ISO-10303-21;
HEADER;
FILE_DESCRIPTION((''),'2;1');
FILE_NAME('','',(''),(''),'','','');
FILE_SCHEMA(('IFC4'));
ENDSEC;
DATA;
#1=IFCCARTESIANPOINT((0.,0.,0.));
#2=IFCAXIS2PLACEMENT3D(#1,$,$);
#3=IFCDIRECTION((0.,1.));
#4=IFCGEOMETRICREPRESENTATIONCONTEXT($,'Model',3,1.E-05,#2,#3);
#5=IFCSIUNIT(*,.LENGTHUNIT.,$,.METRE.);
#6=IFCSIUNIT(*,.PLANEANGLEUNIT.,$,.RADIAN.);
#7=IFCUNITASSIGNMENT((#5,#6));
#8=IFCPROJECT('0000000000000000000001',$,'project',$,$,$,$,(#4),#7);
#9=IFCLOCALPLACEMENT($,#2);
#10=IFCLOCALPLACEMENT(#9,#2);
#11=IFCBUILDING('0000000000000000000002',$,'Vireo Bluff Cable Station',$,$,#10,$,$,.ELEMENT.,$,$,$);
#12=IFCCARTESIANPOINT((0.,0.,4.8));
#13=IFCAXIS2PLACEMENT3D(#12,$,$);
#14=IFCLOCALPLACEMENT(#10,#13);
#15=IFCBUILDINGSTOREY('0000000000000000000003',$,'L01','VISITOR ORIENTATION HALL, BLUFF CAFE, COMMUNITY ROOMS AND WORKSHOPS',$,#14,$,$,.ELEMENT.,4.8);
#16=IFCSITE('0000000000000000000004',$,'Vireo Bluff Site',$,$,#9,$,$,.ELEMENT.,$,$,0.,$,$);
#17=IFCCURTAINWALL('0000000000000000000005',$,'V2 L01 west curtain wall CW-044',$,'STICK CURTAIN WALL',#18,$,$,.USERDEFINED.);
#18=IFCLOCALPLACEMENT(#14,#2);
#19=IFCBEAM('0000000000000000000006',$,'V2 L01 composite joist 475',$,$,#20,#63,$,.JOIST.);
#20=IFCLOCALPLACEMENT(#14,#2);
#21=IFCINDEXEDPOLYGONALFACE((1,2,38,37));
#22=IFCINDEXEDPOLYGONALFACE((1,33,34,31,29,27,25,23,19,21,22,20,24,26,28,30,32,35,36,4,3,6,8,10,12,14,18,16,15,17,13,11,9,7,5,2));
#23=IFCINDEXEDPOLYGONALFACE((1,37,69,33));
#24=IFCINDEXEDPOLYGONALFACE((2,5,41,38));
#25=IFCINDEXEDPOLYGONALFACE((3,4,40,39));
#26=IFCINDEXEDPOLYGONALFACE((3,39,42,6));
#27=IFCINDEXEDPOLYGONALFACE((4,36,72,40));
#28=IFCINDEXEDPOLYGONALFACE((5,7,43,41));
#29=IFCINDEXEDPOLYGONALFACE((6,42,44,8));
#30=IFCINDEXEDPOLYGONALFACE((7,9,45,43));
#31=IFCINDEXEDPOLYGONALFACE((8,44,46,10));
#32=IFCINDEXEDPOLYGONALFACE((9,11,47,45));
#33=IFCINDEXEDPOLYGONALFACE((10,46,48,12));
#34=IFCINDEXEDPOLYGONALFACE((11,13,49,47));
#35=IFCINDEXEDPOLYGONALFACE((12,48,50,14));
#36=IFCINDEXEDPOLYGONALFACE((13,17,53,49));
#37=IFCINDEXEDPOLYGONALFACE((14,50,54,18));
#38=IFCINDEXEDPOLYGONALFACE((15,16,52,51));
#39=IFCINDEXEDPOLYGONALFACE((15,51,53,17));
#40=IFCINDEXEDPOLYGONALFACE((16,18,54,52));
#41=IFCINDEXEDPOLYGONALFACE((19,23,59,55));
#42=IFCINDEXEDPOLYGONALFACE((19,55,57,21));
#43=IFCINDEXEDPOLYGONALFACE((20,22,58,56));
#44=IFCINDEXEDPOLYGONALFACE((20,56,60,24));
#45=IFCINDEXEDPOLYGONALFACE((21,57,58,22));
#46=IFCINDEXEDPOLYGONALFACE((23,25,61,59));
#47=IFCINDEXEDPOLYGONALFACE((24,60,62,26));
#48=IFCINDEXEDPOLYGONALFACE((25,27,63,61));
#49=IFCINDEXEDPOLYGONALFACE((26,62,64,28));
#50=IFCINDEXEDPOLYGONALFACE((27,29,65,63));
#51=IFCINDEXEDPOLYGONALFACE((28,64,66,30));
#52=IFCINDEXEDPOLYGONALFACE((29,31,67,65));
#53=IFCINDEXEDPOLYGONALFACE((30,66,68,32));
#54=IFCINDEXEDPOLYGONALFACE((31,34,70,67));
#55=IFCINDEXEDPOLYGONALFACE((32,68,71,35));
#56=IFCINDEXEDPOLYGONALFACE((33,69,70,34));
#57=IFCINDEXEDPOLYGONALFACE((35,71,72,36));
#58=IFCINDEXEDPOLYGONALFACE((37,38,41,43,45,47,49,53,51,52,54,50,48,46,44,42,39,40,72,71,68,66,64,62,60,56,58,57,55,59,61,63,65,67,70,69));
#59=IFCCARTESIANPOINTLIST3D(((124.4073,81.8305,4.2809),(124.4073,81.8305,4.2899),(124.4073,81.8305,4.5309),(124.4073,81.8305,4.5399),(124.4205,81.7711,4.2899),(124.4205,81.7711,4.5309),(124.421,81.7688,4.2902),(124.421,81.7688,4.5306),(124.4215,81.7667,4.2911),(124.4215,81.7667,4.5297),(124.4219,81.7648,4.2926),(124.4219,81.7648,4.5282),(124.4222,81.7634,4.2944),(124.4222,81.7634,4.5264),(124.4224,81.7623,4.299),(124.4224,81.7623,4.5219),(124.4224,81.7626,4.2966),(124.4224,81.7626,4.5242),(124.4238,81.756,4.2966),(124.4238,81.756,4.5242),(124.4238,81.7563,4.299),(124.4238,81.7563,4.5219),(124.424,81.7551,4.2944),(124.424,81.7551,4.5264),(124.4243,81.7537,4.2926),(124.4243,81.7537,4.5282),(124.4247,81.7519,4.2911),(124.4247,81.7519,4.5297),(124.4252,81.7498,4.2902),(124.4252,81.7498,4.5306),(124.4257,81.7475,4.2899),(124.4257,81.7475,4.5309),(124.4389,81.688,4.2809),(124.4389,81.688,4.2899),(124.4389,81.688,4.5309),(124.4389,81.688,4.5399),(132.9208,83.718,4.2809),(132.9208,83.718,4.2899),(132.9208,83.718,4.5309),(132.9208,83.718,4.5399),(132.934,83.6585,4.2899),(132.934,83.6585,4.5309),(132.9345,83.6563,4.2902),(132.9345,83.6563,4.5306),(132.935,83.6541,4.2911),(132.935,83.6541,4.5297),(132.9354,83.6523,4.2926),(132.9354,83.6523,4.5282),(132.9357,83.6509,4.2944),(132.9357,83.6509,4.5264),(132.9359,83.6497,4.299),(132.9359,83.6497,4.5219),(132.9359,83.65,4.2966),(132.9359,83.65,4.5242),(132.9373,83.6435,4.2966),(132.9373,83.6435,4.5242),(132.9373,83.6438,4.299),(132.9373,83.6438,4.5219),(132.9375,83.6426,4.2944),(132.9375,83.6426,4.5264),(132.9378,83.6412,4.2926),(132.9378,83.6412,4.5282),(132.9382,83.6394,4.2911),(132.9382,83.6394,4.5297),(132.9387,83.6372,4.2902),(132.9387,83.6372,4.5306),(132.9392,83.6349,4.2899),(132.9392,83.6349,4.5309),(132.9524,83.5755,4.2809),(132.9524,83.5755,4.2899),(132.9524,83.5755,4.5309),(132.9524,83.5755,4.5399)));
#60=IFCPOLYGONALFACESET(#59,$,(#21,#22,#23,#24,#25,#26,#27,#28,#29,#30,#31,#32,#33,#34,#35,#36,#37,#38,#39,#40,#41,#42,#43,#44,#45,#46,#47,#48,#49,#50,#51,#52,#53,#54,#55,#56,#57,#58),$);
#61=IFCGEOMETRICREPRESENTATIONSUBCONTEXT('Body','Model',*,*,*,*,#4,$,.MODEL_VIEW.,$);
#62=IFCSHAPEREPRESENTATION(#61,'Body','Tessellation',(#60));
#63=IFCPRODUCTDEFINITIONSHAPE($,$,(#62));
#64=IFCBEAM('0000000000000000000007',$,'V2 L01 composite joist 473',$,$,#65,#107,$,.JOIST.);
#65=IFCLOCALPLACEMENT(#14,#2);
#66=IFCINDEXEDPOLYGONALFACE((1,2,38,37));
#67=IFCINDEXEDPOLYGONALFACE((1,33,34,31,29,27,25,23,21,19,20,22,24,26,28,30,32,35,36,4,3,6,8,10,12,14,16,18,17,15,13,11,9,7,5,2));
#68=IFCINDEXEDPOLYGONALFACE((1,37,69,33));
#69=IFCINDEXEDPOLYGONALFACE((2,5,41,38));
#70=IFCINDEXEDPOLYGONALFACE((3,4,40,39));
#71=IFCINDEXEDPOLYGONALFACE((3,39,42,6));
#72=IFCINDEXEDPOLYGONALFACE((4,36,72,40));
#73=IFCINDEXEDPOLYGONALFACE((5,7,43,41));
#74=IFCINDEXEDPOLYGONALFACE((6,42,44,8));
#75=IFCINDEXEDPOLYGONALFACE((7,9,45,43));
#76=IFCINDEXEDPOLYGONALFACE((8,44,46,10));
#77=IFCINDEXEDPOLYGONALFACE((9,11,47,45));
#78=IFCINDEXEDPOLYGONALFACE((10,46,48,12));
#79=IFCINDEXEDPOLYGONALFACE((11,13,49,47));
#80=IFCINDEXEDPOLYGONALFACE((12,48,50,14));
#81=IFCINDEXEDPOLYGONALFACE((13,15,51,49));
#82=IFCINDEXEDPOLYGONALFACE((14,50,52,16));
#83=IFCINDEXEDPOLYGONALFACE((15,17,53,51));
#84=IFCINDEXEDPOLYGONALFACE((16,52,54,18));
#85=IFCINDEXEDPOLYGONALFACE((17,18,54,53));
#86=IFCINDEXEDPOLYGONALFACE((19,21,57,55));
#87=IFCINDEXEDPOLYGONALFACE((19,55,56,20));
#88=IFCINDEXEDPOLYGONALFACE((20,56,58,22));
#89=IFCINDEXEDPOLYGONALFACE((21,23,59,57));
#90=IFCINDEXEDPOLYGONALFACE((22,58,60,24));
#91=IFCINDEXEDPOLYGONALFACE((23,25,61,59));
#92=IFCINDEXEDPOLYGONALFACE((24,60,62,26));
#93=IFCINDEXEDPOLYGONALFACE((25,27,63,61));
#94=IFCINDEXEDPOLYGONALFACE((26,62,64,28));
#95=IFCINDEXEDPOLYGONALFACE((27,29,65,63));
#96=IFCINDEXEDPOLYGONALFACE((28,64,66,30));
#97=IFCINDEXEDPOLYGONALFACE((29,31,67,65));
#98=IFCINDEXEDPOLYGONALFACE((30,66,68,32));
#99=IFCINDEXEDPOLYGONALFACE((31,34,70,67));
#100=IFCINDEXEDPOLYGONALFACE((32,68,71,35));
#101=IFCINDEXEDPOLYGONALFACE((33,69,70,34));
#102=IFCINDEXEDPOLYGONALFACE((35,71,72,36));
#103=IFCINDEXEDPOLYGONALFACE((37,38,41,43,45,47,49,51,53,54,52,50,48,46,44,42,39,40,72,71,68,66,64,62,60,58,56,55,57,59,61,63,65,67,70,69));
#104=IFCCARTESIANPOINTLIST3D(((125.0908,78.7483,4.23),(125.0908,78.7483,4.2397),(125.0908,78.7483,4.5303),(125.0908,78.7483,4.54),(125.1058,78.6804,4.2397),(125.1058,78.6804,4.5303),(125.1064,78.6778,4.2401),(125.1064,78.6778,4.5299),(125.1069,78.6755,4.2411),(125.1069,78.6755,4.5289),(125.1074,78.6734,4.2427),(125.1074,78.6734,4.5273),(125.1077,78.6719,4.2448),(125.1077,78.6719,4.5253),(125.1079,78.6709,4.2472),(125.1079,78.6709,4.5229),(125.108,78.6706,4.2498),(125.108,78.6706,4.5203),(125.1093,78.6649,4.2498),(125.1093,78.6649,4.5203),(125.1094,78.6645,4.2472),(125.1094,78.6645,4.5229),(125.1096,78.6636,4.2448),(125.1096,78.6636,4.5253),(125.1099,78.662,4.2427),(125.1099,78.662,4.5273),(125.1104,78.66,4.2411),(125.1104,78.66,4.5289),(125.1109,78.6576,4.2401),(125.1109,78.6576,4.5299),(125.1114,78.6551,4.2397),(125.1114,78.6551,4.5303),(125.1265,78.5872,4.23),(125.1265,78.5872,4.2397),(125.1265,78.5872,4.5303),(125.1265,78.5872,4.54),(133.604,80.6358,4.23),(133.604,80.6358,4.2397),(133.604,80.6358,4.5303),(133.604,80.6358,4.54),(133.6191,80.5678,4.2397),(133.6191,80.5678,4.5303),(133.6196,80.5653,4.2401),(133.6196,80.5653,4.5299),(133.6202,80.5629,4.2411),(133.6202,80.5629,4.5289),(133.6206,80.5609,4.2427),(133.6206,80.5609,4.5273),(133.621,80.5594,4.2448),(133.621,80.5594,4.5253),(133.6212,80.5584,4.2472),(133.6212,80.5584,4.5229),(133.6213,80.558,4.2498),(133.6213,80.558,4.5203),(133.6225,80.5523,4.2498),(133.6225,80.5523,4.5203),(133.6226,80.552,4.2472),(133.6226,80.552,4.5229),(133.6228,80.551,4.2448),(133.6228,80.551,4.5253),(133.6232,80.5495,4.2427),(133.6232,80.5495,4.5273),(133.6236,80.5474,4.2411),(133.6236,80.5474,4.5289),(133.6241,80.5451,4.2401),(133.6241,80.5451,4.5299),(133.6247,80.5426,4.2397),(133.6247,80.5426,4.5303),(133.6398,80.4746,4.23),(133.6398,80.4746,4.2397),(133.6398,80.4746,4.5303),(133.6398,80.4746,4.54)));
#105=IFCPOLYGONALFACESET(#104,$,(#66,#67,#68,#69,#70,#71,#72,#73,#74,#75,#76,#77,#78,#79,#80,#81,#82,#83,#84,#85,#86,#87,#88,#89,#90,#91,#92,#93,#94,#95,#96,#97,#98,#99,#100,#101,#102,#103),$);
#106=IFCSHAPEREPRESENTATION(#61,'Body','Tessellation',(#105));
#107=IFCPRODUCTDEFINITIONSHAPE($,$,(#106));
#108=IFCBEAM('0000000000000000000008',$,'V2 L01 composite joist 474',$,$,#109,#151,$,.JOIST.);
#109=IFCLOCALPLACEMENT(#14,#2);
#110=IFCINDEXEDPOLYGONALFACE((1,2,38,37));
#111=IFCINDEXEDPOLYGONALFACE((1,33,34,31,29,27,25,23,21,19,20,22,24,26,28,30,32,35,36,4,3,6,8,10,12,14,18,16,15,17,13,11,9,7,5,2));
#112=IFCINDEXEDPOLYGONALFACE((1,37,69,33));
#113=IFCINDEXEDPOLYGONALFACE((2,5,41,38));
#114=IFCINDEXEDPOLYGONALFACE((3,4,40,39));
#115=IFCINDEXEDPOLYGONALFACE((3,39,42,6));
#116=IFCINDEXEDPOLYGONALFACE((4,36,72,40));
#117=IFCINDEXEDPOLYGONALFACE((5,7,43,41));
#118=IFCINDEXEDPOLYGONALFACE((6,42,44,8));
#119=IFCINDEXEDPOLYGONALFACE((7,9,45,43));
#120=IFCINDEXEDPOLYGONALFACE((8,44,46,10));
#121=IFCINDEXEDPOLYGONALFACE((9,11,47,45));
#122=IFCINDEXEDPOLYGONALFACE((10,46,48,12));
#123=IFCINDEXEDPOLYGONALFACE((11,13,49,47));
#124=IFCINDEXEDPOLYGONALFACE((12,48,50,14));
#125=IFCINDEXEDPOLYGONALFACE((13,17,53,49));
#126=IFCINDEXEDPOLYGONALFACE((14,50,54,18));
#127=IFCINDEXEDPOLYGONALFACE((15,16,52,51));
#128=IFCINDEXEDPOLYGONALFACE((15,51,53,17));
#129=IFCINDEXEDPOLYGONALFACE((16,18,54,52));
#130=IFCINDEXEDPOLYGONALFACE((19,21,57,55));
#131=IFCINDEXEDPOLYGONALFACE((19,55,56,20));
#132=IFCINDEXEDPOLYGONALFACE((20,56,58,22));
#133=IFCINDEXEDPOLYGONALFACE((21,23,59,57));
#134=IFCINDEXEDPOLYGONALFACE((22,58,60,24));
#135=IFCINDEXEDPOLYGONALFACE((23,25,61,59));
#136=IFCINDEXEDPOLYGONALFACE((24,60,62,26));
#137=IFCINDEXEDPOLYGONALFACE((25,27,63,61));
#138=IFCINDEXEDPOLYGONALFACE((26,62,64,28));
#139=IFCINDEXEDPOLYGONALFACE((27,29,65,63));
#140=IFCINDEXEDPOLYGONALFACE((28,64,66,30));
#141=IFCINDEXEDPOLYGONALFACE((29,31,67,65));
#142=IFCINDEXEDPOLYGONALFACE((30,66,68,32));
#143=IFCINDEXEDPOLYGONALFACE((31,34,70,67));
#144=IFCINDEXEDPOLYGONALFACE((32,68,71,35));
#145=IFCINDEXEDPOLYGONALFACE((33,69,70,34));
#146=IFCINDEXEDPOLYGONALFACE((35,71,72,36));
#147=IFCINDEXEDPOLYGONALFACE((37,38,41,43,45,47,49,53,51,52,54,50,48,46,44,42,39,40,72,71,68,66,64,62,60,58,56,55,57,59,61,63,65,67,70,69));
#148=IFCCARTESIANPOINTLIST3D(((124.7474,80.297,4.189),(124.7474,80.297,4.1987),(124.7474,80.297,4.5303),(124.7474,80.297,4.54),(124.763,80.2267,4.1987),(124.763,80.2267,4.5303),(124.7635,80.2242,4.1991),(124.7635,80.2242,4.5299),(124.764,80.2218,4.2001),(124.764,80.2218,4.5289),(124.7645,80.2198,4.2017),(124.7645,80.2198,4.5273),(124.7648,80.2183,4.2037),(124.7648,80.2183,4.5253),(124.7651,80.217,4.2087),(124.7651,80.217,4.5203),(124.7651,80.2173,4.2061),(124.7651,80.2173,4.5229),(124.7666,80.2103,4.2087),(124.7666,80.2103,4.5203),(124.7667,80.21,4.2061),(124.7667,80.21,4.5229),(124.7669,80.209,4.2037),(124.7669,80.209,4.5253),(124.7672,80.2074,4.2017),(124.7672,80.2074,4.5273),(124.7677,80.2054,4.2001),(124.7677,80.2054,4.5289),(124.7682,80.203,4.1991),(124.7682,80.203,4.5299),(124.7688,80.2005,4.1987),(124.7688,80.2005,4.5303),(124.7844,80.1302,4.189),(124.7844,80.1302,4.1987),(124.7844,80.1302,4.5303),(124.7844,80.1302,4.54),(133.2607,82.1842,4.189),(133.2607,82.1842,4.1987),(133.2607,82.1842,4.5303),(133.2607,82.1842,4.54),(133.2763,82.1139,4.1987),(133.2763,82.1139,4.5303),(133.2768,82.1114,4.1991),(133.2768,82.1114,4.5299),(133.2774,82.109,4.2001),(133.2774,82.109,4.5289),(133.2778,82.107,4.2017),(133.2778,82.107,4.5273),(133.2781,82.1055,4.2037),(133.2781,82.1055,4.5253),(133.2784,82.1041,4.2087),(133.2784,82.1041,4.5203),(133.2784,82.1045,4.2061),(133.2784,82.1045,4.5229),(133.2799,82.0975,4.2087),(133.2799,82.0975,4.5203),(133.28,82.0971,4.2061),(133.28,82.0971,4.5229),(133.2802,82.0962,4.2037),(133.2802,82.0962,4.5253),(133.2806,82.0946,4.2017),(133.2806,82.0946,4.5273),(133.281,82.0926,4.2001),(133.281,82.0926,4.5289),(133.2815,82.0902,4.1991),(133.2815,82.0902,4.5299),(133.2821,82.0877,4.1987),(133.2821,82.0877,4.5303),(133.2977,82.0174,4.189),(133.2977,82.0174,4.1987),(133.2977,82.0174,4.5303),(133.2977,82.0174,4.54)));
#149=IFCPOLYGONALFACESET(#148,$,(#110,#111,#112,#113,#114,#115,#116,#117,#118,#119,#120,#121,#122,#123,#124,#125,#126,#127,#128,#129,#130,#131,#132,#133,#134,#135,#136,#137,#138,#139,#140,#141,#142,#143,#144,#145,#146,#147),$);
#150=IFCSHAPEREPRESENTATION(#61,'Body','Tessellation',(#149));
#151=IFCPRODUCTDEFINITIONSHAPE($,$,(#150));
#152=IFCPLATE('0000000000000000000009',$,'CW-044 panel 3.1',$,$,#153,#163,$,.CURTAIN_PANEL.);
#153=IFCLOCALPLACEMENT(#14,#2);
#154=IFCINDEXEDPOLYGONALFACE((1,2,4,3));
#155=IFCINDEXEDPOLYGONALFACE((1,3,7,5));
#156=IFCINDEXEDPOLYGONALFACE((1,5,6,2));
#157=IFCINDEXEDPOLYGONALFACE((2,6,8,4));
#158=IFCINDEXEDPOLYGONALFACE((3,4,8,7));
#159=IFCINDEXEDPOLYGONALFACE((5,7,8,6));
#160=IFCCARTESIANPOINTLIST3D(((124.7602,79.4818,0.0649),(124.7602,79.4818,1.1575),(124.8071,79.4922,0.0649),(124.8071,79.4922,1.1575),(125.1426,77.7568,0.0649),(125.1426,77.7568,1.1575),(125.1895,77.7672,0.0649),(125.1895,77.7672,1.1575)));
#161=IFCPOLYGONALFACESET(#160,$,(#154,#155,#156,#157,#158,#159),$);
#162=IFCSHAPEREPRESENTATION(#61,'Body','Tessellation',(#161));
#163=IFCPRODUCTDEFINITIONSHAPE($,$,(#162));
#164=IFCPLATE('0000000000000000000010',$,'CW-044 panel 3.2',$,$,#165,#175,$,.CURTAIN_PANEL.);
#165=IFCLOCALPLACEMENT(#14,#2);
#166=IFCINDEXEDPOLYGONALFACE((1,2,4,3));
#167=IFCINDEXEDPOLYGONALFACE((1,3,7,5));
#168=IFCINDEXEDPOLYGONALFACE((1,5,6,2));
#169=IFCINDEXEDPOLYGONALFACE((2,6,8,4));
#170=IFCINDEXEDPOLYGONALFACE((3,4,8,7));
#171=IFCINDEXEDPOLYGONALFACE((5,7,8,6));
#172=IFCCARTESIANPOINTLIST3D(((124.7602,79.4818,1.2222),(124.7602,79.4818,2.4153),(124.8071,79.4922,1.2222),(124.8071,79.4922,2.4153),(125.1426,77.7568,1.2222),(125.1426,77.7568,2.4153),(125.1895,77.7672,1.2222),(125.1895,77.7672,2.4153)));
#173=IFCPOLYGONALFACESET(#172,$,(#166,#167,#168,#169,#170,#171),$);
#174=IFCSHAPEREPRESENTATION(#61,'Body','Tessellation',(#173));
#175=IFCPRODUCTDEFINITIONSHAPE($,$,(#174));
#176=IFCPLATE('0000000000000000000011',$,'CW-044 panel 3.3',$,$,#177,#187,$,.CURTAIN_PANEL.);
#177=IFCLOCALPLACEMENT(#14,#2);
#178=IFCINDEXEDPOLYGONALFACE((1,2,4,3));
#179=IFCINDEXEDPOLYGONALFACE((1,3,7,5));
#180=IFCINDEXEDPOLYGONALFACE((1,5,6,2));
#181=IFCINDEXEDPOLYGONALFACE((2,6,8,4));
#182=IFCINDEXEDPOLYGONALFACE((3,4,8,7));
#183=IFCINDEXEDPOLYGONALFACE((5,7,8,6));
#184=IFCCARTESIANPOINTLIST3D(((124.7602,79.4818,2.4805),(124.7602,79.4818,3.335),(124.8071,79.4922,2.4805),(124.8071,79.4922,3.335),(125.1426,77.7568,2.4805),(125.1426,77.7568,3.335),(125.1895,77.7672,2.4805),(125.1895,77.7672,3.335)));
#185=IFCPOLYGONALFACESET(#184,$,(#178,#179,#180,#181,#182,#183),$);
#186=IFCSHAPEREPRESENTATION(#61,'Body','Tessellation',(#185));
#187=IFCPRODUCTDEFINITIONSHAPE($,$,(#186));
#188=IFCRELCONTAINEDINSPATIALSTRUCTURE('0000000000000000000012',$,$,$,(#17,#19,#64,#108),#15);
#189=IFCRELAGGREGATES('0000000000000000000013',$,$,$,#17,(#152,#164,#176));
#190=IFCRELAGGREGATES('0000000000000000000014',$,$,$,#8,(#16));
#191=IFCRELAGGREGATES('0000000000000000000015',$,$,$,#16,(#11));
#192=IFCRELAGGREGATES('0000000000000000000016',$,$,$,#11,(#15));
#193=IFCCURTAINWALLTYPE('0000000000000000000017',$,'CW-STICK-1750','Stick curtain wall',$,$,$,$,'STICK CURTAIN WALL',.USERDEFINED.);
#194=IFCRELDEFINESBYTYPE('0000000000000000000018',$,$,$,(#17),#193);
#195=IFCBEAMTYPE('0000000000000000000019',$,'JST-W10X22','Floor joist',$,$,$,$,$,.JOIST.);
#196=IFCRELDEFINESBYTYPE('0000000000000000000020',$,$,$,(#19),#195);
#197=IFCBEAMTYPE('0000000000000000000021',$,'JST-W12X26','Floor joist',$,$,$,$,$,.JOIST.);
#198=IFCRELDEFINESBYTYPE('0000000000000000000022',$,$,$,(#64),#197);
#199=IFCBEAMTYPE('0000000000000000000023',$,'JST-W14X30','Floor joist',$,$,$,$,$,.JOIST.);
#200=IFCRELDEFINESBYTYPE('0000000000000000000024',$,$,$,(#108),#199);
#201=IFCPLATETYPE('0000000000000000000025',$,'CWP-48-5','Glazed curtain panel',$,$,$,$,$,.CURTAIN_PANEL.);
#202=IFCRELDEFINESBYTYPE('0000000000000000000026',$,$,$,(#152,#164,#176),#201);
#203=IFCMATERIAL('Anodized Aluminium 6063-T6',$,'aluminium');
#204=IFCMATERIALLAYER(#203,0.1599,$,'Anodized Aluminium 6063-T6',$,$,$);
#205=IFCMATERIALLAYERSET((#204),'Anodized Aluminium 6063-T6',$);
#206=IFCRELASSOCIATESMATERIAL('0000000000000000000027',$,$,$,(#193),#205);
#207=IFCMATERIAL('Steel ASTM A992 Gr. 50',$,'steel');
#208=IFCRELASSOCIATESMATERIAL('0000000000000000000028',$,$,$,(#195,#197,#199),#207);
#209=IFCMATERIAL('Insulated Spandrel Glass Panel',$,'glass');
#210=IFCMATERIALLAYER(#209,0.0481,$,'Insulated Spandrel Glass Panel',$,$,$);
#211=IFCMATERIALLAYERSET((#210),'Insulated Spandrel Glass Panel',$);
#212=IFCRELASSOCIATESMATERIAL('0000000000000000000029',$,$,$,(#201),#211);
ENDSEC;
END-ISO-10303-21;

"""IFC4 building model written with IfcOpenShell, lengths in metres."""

from ifc_helpers import new_model, si_unit, direction, frame, origin, origin_2d, place, context, subcontext, project, spatial, rectangle, i_section, extrude, material, layer, layer_set, material_profile, profile_set, type_object, element, aggregate, save


model = new_model("IFC4")

# Units and contexts
model_context = context("Model", 3, precision=1e-05, world=origin(), true_north=direction((0.0, 1.0)))
body_context = subcontext(model_context, "Body", "Model", "MODEL_VIEW")
ifc_project = project(units=[si_unit("LENGTHUNIT", "METRE"), si_unit("PLANEANGLEUNIT", "RADIAN")], contexts=[model_context])

# Site, building, storey
site_placement = place(None, origin())
site = spatial("IfcSite", under=ifc_project, at=site_placement, Name="Vireo Bluff Site", CompositionType="ELEMENT", RefElevation=0.0)
building_placement = place(site_placement, origin())
building = spatial("IfcBuilding", under=site, at=building_placement, Name="Vireo Bluff Cable Station", CompositionType="ELEMENT")
storey_placement = place(building_placement, frame((0.0, 0.0, 4.8)))
storey = spatial("IfcBuildingStorey", under=building, at=storey_placement, Name="L01", Description="VISITOR ORIENTATION HALL, BLUFF CAFE, COMMUNITY ROOMS AND WORKSHOPS", CompositionType="ELEMENT", Elevation=4.8)

# Curtain wall
ifc_material_1 = material(Name="Anodized Aluminium 6063-T6", Category="aluminium")
ifc_layer_1 = layer(ifc_material_1, 0.1599, Name="Anodized Aluminium 6063-T6")
ifc_layer_set_1 = layer_set([ifc_layer_1], Name="Anodized Aluminium 6063-T6")
curtain_wall_type = type_object("IfcCurtainWallType", Name="CW-STICK-1750", Description="Stick curtain wall", ElementType="STICK CURTAIN WALL", PredefinedType="USERDEFINED", material=ifc_layer_set_1)
curtain_wall_placement = place(storey_placement, origin())
curtain_wall = element("IfcCurtainWall", 1, at=curtain_wall_placement, inside=storey, type_object=curtain_wall_type, Name="V2 L01 west curtain wall CW-044", ObjectType="STICK CURTAIN WALL", PredefinedType="USERDEFINED")

# Beams
ifc_material_2 = material(Name="Steel ASTM A992 Gr. 50", Category="steel")
ifc_material_profile_1 = material_profile(ifc_material_2, i_section(OverallWidth=0.146, OverallDepth=0.259, WebThickness=0.0061, FlangeThickness=0.009, FilletRadius=0.009, at=origin_2d()), Name="W10X22")
ifc_profile_set_1 = profile_set([ifc_material_profile_1], Name="Steel ASTM A992 Gr. 50")
beam_type_1 = type_object("IfcBeamType", Name="JST-W10X22", Description="Floor joist", PredefinedType="JOIST", material=ifc_profile_set_1)
beam_1_placement = place(storey_placement, frame((124.4231, 81.7593, 4.4104), z_axis=(0.976294, 0.216447, 0.0), x_axis=(-0.216447, 0.976294, 0.0)))
element("IfcBeam", 2, at=beam_1_placement, inside=storey, type_object=beam_type_1, Name="V2 L01 composite joist 475", PredefinedType="JOIST", context=body_context, shape_type="SweptSolid", body=[
    extrude(i_section(OverallWidth=0.146, OverallDepth=0.259, WebThickness=0.0061, FlangeThickness=0.009, FilletRadius=0.009, at=origin_2d()), origin(), (0.0, 0.0, 1.0), 8.7202),
])
ifc_material_profile_2 = material_profile(ifc_material_2, i_section(OverallWidth=0.165, OverallDepth=0.3101, WebThickness=0.0059, FlangeThickness=0.0098, FilletRadius=0.01, at=origin_2d()), Name="W12X26")
ifc_profile_set_2 = profile_set([ifc_material_profile_2], Name="Steel ASTM A992 Gr. 50")
beam_type_2 = type_object("IfcBeamType", Name="JST-W12X26", Description="Floor joist", PredefinedType="JOIST", material=ifc_profile_set_2)
beam_2_placement = place(storey_placement, frame((125.1086, 78.6677, 4.385), z_axis=(0.976293, 0.216453, 0.0), x_axis=(-0.216453, 0.976293, 0.0)))
element("IfcBeam", 3, at=beam_2_placement, inside=storey, type_object=beam_type_2, Name="V2 L01 composite joist 473", PredefinedType="JOIST", context=body_context, shape_type="SweptSolid", body=[
    extrude(i_section(OverallWidth=0.165, OverallDepth=0.3101, WebThickness=0.0059, FlangeThickness=0.0098, FilletRadius=0.01, at=origin_2d()), origin(), (0.0, 0.0, 1.0), 8.72),
])
ifc_material_profile_3 = material_profile(ifc_material_2, i_section(OverallWidth=0.1709, OverallDepth=0.3511, WebThickness=0.0068, FlangeThickness=0.0098, FilletRadius=0.01, at=origin_2d()), Name="W14X30")
ifc_profile_set_3 = profile_set([ifc_material_profile_3], Name="Steel ASTM A992 Gr. 50")
beam_type_3 = type_object("IfcBeamType", Name="JST-W14X30", Description="Floor joist", PredefinedType="JOIST", material=ifc_profile_set_3)
beam_3_placement = place(storey_placement, frame((124.7659, 80.2136, 4.3645), z_axis=(0.9763, 0.216421, 0.0), x_axis=(-0.216421, 0.9763, 0.0)))
element("IfcBeam", 4, at=beam_3_placement, inside=storey, type_object=beam_type_3, Name="V2 L01 composite joist 474", PredefinedType="JOIST", context=body_context, shape_type="SweptSolid", body=[
    extrude(i_section(OverallWidth=0.1709, OverallDepth=0.3511, WebThickness=0.0068, FlangeThickness=0.0098, FilletRadius=0.01, at=origin_2d()), origin(), (0.0, 0.0, 1.0), 8.72),
])

# Plates
ifc_material_3 = material(Name="Insulated Spandrel Glass Panel", Category="glass")
ifc_layer_2 = layer(ifc_material_3, 0.0481, Name="Insulated Spandrel Glass Panel")
ifc_layer_set_2 = layer_set([ifc_layer_2], Name="Insulated Spandrel Glass Panel")
plate_type = type_object("IfcPlateType", Name="CWP-48-5", Description="Glazed curtain panel", PredefinedType="CURTAIN_PANEL", material=ifc_layer_set_2)
plate_1_placement = place(storey_placement, frame((124.9749, 78.6245, 0.0649), z_axis=(0.0, 0.0, 1.0), x_axis=(-0.21644, 0.976296, 0.0)))
plate_1 = element("IfcPlate", 5, at=plate_1_placement, type_object=plate_type, Name="CW-044 panel 3.1", PredefinedType="CURTAIN_PANEL", context=body_context, shape_type="SweptSolid", body=[
    extrude(rectangle(XDim=1.7668, YDim=0.0481, at=origin_2d()), origin(), (0.0, 0.0, 1.0), 1.0925),
])
plate_2_placement = place(storey_placement, frame((124.9749, 78.6245, 1.2222), z_axis=(0.0, 0.0, 1.0), x_axis=(-0.21644, 0.976296, 0.0)))
plate_2 = element("IfcPlate", 6, at=plate_2_placement, type_object=plate_type, Name="CW-044 panel 3.2", PredefinedType="CURTAIN_PANEL", context=body_context, shape_type="SweptSolid", body=[
    extrude(rectangle(XDim=1.7668, YDim=0.0481, at=origin_2d()), origin(), (0.0, 0.0, 1.0), 1.1931),
])
plate_3_placement = place(storey_placement, frame((124.9749, 78.6245, 2.4805), z_axis=(0.0, 0.0, 1.0), x_axis=(-0.21644, 0.976296, 0.0)))
plate_3 = element("IfcPlate", 7, at=plate_3_placement, type_object=plate_type, Name="CW-044 panel 3.3", PredefinedType="CURTAIN_PANEL", context=body_context, shape_type="SweptSolid", body=[
    extrude(rectangle(XDim=1.7668, YDim=0.0481, at=origin_2d()), origin(), (0.0, 0.0, 1.0), 0.8545),
])
aggregate(curtain_wall, [plate_1, plate_2, plate_3])

save(model, "model.ifc")
